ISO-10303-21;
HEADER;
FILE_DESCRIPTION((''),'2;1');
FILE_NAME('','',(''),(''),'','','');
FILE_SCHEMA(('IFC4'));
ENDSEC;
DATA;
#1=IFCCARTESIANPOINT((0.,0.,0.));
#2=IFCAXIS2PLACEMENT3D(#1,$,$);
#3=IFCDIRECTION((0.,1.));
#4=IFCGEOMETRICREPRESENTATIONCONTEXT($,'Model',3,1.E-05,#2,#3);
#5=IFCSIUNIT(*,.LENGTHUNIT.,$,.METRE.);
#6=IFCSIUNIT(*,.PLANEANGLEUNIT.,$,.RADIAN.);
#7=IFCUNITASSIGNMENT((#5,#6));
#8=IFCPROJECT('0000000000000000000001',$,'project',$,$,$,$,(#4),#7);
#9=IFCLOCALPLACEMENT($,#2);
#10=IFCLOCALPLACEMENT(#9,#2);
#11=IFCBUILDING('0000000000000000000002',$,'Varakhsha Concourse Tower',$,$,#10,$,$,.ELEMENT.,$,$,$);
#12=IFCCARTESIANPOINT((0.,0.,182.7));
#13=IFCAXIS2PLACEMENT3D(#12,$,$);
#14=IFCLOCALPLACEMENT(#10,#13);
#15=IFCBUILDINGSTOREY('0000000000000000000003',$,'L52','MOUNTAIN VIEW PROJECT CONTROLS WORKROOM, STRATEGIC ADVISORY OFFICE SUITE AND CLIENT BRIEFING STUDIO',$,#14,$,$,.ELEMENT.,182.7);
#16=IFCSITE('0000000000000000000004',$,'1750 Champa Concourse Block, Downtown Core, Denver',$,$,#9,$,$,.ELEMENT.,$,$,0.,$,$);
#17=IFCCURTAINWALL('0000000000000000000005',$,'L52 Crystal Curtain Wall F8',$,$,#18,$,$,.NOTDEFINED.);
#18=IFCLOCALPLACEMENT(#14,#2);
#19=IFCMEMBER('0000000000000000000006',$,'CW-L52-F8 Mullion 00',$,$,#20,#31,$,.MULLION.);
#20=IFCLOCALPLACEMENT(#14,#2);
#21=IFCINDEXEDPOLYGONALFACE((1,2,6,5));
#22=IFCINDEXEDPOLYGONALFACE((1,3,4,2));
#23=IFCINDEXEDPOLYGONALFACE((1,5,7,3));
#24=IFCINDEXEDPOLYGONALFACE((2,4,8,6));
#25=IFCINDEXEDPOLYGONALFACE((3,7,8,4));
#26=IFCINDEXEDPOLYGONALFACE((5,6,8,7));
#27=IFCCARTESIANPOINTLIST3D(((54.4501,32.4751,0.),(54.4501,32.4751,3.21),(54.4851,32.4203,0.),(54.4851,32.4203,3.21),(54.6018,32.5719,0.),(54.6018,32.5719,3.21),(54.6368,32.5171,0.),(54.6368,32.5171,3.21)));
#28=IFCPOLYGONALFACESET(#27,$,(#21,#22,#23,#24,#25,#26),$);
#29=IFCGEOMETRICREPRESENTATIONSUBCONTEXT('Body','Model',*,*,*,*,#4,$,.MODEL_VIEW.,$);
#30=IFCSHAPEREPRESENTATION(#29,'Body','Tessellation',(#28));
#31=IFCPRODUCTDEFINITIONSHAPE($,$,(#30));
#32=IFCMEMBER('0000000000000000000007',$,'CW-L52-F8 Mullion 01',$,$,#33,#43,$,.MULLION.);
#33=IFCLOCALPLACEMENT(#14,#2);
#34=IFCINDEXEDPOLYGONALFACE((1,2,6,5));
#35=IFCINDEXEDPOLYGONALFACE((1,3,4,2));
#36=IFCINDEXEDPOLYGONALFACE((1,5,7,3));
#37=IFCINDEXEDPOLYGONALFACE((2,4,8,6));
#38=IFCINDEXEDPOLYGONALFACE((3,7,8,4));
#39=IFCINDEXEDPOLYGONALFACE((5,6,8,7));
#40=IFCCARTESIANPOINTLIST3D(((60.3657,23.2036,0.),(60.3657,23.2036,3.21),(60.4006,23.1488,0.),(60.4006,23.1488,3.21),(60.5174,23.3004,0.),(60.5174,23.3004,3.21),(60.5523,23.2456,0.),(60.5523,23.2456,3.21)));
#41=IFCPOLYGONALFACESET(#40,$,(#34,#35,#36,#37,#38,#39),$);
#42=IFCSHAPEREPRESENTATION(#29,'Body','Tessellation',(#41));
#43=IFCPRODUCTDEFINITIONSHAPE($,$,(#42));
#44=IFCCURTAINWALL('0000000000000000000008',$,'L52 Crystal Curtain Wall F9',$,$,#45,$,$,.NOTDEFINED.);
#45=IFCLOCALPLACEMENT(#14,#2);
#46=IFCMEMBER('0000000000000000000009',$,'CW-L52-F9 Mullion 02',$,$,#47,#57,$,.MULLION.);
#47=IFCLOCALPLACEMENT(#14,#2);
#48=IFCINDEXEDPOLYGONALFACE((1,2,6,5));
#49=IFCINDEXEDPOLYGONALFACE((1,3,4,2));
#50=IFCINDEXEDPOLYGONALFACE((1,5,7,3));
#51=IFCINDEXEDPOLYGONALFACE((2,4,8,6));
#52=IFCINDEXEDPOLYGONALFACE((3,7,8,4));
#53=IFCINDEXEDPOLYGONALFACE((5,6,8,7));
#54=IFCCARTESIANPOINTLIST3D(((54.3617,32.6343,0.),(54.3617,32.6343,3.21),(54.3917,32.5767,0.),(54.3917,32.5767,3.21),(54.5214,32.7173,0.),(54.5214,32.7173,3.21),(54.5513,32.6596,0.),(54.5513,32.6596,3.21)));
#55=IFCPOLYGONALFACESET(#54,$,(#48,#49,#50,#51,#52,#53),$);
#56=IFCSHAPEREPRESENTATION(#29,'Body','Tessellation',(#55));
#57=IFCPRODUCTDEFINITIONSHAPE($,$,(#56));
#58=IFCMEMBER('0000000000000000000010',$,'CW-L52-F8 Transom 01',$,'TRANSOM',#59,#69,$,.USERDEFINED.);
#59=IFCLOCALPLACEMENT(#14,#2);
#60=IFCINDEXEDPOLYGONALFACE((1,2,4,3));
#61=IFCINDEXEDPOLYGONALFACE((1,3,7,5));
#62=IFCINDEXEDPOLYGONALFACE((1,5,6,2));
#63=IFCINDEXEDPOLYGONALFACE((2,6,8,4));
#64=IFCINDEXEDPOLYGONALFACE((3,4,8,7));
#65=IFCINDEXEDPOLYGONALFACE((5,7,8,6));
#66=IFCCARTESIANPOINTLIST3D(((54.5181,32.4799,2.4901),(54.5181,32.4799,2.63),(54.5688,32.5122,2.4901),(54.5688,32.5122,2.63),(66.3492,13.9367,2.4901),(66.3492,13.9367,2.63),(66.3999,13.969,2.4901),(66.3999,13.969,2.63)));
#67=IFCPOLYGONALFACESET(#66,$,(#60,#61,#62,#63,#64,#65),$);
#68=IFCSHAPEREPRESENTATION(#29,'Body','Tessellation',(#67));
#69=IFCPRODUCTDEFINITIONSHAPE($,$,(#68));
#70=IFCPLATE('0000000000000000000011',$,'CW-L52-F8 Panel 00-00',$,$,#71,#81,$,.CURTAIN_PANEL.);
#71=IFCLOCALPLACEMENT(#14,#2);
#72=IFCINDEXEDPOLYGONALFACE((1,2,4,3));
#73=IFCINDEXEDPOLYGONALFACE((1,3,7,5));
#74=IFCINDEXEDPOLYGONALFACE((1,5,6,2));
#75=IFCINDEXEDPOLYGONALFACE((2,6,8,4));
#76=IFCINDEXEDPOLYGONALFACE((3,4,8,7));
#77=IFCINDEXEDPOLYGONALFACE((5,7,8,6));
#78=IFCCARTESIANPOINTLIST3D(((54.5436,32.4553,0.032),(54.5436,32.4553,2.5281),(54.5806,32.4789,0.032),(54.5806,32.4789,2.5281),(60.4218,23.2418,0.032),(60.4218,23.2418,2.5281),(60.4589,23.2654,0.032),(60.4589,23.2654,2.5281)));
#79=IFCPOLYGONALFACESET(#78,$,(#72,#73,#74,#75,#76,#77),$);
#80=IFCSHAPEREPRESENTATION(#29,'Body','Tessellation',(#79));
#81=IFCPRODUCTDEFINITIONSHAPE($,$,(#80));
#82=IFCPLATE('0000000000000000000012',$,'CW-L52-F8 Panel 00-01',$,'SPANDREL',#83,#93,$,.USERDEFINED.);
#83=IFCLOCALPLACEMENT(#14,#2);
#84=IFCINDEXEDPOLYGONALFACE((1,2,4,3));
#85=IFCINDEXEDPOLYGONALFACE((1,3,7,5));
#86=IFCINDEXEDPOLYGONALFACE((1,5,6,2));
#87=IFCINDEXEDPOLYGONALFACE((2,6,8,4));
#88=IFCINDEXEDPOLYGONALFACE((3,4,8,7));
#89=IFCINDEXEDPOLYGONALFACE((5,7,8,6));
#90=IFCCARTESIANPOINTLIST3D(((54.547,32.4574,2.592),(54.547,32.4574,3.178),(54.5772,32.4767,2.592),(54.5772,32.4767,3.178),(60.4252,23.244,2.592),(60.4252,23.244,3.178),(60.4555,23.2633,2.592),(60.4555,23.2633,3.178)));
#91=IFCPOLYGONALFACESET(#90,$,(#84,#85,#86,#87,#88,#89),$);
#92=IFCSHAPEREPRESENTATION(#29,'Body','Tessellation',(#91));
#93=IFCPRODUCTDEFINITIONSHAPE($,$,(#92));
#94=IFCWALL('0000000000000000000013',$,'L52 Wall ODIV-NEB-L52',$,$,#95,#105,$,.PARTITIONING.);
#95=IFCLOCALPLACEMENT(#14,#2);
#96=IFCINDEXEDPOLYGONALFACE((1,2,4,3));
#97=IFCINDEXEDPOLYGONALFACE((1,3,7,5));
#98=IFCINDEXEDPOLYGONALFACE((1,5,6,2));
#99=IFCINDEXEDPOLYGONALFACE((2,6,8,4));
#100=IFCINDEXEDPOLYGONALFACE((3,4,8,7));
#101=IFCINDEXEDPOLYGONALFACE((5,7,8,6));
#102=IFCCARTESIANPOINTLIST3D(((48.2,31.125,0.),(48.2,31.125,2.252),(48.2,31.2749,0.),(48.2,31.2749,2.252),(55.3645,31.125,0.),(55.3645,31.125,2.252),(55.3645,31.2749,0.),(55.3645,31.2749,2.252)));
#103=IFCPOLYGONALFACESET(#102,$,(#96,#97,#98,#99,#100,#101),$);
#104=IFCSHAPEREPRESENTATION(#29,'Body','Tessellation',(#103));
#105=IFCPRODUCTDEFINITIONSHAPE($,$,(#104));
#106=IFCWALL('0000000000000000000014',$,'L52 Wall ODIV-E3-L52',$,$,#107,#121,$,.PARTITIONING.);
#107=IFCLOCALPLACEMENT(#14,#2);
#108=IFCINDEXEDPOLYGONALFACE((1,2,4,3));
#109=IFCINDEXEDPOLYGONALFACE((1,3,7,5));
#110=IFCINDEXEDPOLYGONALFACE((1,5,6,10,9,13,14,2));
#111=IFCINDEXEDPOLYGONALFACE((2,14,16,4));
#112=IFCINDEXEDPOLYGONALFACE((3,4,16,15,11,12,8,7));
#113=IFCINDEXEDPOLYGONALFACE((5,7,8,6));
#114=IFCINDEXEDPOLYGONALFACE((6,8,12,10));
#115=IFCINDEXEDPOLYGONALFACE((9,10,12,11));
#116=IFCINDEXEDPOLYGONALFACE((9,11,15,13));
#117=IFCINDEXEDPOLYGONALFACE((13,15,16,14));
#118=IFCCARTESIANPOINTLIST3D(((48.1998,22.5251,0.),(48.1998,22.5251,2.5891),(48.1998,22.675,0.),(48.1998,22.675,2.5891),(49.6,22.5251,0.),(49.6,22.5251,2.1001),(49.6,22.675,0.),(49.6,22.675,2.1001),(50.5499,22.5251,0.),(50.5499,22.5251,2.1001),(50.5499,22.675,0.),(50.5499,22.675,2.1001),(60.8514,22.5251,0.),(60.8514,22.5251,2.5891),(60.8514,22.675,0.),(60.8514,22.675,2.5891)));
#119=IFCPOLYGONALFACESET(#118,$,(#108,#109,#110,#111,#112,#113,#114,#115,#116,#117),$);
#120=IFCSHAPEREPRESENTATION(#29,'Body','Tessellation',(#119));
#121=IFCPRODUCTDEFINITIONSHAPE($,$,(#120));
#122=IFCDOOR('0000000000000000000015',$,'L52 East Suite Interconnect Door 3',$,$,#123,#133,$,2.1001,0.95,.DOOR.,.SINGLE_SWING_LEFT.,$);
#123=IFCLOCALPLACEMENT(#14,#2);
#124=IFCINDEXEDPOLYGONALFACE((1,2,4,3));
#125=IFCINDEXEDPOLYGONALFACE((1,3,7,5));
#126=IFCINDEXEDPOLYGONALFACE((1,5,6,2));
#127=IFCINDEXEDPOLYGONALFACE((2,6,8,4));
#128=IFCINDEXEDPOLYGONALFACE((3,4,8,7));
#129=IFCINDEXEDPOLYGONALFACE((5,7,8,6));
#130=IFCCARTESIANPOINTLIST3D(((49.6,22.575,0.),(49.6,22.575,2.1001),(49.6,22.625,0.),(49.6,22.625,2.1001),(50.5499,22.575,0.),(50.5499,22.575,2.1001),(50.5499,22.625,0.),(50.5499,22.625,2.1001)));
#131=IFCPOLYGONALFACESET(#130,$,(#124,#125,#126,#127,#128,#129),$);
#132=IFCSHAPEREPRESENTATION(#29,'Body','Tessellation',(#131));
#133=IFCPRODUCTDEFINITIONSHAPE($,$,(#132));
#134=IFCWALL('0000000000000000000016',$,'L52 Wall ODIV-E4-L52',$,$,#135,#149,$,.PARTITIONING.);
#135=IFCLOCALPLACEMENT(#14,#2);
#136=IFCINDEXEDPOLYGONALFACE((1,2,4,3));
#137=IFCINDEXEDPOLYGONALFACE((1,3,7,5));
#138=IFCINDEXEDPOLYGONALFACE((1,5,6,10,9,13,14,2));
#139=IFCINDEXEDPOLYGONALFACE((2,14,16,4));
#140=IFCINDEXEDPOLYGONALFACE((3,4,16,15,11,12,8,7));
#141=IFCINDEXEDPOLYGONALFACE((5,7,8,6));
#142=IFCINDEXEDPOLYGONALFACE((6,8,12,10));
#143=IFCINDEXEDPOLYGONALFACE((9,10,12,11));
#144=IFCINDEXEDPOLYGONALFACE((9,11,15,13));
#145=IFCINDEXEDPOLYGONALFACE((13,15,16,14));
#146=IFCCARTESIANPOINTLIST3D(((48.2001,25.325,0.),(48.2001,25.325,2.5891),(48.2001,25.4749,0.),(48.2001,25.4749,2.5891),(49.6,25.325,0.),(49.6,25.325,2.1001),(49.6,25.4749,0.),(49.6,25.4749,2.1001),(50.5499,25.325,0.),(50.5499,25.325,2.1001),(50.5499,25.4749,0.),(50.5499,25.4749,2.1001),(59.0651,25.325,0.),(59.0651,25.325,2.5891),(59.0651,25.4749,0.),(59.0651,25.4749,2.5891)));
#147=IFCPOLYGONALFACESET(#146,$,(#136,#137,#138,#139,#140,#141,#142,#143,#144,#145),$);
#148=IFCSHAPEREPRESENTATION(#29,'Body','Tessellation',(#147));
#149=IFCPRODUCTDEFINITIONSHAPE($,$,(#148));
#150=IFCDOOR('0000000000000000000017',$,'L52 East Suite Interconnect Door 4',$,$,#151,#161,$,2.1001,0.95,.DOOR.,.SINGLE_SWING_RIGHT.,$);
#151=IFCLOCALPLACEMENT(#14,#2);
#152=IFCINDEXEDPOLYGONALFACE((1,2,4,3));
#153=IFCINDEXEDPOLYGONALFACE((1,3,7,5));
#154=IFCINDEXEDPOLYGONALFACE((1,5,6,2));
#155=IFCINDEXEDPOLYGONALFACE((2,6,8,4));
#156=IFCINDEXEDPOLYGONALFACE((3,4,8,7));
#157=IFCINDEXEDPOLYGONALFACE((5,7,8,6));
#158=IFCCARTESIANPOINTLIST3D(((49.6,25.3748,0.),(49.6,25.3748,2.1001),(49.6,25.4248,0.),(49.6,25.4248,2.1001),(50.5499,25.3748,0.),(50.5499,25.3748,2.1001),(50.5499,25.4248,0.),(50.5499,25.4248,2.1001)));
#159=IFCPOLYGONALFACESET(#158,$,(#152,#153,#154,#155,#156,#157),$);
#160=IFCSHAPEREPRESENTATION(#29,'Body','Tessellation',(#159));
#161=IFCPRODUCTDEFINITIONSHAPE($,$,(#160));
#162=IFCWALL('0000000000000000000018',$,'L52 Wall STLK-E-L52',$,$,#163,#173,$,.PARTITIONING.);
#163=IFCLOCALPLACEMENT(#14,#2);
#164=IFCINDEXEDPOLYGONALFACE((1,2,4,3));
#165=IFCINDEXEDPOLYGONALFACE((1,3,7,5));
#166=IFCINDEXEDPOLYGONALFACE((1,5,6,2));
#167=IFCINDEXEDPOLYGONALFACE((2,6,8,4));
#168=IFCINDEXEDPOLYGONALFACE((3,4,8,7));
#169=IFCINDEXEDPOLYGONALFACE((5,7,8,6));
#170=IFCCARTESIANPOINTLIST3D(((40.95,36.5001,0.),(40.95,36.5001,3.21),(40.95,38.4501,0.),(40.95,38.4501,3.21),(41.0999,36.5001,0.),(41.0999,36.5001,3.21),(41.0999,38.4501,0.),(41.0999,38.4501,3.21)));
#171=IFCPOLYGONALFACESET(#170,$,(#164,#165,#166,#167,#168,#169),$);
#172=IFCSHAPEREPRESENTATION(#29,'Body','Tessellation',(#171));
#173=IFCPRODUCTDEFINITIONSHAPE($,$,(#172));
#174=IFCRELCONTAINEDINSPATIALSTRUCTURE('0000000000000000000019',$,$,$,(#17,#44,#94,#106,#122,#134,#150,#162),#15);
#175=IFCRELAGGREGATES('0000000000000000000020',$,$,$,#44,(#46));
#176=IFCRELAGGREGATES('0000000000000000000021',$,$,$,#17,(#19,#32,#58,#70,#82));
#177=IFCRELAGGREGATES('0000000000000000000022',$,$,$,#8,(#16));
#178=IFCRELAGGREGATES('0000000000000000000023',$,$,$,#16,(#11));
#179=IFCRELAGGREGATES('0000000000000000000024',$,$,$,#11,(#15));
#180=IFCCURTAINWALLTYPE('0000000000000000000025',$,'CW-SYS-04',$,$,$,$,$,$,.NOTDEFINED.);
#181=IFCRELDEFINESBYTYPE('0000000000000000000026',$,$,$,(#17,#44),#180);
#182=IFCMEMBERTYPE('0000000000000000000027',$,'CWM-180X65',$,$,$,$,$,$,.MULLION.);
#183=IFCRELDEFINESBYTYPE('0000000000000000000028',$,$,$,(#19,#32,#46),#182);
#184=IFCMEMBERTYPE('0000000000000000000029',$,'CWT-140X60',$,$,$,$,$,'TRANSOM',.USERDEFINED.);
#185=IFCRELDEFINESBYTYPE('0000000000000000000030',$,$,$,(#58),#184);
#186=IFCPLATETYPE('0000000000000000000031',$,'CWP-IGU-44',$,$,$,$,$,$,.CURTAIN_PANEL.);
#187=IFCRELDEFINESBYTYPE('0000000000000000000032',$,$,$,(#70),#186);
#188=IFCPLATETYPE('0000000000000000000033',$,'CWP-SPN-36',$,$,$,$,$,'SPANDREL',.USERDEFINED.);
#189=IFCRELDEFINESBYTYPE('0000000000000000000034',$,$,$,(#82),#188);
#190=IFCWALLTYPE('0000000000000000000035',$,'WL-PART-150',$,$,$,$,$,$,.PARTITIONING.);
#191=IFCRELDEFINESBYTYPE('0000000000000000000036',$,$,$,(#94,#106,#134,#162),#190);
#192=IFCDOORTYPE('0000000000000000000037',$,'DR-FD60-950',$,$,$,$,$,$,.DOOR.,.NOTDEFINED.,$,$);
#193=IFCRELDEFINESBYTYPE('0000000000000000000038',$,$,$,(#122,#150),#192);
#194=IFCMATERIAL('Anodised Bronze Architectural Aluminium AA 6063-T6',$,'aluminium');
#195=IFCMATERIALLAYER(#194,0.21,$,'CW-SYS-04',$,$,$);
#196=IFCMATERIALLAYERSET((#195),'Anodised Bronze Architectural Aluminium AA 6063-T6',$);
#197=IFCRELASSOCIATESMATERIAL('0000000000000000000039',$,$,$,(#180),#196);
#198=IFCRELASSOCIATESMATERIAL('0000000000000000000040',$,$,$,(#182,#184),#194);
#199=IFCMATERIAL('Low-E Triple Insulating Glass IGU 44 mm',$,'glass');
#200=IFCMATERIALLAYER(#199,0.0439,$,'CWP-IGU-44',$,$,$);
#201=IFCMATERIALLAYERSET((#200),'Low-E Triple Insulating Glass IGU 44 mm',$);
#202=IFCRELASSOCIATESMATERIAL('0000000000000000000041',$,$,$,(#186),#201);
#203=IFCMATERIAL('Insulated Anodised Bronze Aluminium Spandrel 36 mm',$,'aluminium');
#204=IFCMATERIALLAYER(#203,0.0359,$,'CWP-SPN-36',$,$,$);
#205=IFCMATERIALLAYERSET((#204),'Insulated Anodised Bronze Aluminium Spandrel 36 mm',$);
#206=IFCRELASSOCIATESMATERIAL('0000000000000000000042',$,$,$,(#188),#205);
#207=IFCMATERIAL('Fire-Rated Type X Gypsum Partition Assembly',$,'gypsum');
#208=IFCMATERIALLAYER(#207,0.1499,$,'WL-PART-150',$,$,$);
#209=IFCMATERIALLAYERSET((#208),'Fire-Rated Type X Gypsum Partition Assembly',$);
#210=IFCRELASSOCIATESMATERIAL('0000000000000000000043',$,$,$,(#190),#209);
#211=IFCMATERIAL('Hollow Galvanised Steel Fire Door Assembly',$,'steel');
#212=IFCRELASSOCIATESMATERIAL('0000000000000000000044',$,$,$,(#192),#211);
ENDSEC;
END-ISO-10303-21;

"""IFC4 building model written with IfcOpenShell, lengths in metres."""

from ifc_helpers import new_model, si_unit, direction, frame, frame_2d, origin, origin_2d, place, context, subcontext, project, spatial, rectangle, extrude, source, transform, mapped, material, layer, layer_set, material_profile, profile_set, type_object, type_shapes, element, fill, aggregate, save


model = new_model("IFC4")

# Units and contexts
model_context = context("Model", 3, precision=1e-05, world=origin(), true_north=direction((0.0, 1.0)))
body_context = subcontext(model_context, "Body", "Model", "MODEL_VIEW")
ifc_project = project(units=[si_unit("LENGTHUNIT", "METRE"), si_unit("PLANEANGLEUNIT", "RADIAN")], contexts=[model_context])

# Site, building, storey
site_placement = place(None, origin())
site = spatial("IfcSite", under=ifc_project, at=site_placement, Name="1750 Champa Concourse Block, Downtown Core, Denver", CompositionType="ELEMENT", RefElevation=0.0)
building_placement = place(site_placement, origin())
building = spatial("IfcBuilding", under=site, at=building_placement, Name="Varakhsha Concourse Tower", CompositionType="ELEMENT")
storey_placement = place(building_placement, frame((0.0, 0.0, 182.7)))
storey = spatial("IfcBuildingStorey", under=building, at=storey_placement, Name="L52", Description="MOUNTAIN VIEW PROJECT CONTROLS WORKROOM, STRATEGIC ADVISORY OFFICE SUITE AND CLIENT BRIEFING STUDIO", CompositionType="ELEMENT", Elevation=182.7)

# Curtain wall, members
ifc_material_1 = material(Name="Anodised Bronze Architectural Aluminium AA 6063-T6", Category="aluminium")
ifc_layer_1 = layer(ifc_material_1, 0.21, Name="CW-SYS-04")
ifc_layer_set_1 = layer_set([ifc_layer_1], Name="Anodised Bronze Architectural Aluminium AA 6063-T6")
curtain_wall_type = type_object("IfcCurtainWallType", Name="CW-SYS-04", PredefinedType="NOTDEFINED", material=ifc_layer_set_1)
curtain_wall_1_placement = place(storey_placement, origin())
curtain_wall_1 = element("IfcCurtainWall", 1, at=curtain_wall_1_placement, inside=storey, type_object=curtain_wall_type, Name="L52 Crystal Curtain Wall F8", PredefinedType="NOTDEFINED")
ifc_material_profile_1 = material_profile(ifc_material_1, rectangle(XDim=0.0649, YDim=0.1799, at=origin_2d()), Name="CWM-180X65")
ifc_profile_set_1 = profile_set([ifc_material_profile_1], Name="Anodised Bronze Architectural Aluminium AA 6063-T6")
member_type_1 = type_object("IfcMemberType", Name="CWM-180X65", PredefinedType="MULLION", material=ifc_profile_set_1)
shared_shape_1 = source(origin(), body_context, "Body", "SweptSolid", [
    extrude(rectangle(XDim=0.0649, YDim=0.1799, at=origin_2d()), origin(), (0.0, 0.0, 1.0), 3.21),
])
type_shapes(member_type_1, [shared_shape_1])
member_1_placement = place(storey_placement, frame((54.5435, 32.4961, 0.0), z_axis=(0.0, 0.0, 1.0), x_axis=(0.537863, -0.843032, 0.0)))
member_1 = element("IfcMember", 2, at=member_1_placement, type_object=member_type_1, Name="CW-L52-F8 Mullion 00", PredefinedType="MULLION", context=body_context, shape_type="MappedRepresentation", body=[
    mapped(shared_shape_1, transform((0.0, 0.0, 0.0), scale=1.0)),
])
member_2_placement = place(storey_placement, frame((60.459, 23.2246, 0.0), z_axis=(0.0, 0.0, 1.0), x_axis=(0.537863, -0.843032, 0.0)))
member_2 = element("IfcMember", 3, at=member_2_placement, type_object=member_type_1, Name="CW-L52-F8 Mullion 01", PredefinedType="MULLION", context=body_context, shape_type="MappedRepresentation", body=[
    mapped(shared_shape_1, transform((0.0, 0.0, 0.0), scale=1.0)),
])

# Curtain wall, member
curtain_wall_2_placement = place(storey_placement, origin())
curtain_wall_2 = element("IfcCurtainWall", 4, at=curtain_wall_2_placement, inside=storey, type_object=curtain_wall_type, Name="L52 Crystal Curtain Wall F9", PredefinedType="NOTDEFINED")
member_3_placement = place(storey_placement, frame((54.4565, 32.647, 0.0), z_axis=(0.0, 0.0, 1.0), x_axis=(0.461156, -0.887319, 0.0)))
member_3 = element("IfcMember", 5, at=member_3_placement, type_object=member_type_1, Name="CW-L52-F9 Mullion 02", PredefinedType="MULLION", context=body_context, shape_type="MappedRepresentation", body=[
    mapped(shared_shape_1, transform((0.0, 0.0, 0.0), scale=1.0)),
])
aggregate(curtain_wall_2, [member_3])

# Member
ifc_material_profile_2 = material_profile(ifc_material_1, rectangle(XDim=0.0601, YDim=0.1399, at=origin_2d()), Name="CWT-140X60")
ifc_profile_set_2 = profile_set([ifc_material_profile_2], Name="Anodised Bronze Architectural Aluminium AA 6063-T6")
member_type_2 = type_object("IfcMemberType", Name="CWT-140X60", ElementType="TRANSOM", PredefinedType="USERDEFINED", material=ifc_profile_set_2)
shared_shape_2 = source(origin(), body_context, "Body", "SweptSolid", [
    extrude(rectangle(XDim=0.0601, YDim=0.1399, at=origin_2d()), origin(), (0.0, 0.0, 1.0), 21.9961),
])
type_shapes(member_type_2, [shared_shape_2])
member_4_placement = place(storey_placement, frame((54.5435, 32.4961, 2.5601), z_axis=(0.537873, -0.843026, 0.0), x_axis=(0.843026, 0.537873, 0.0)))
member_4 = element("IfcMember", 6, at=member_4_placement, type_object=member_type_2, Name="CW-L52-F8 Transom 01", ObjectType="TRANSOM", PredefinedType="USERDEFINED", context=body_context, shape_type="MappedRepresentation", body=[
    mapped(shared_shape_2, transform((0.0, 0.0, 0.0), scale=1.0)),
])

# Plates
ifc_material_2 = material(Name="Low-E Triple Insulating Glass IGU 44 mm", Category="glass")
ifc_layer_2 = layer(ifc_material_2, 0.0439, Name="CWP-IGU-44")
ifc_layer_set_2 = layer_set([ifc_layer_2], Name="Low-E Triple Insulating Glass IGU 44 mm")
plate_type_1 = type_object("IfcPlateType", Name="CWP-IGU-44", PredefinedType="CURTAIN_PANEL", material=ifc_layer_set_2)
shared_shape_3 = source(origin(), body_context, "Body", "SweptSolid", [
    extrude(rectangle(XDim=10.929, YDim=0.0439, at=origin_2d()), origin(), (0.0, 0.0, 1.0), 2.4961),
])
type_shapes(plate_type_1, [shared_shape_3])
plate_1_placement = place(storey_placement, frame((57.5012, 27.8604, 0.032), z_axis=(0.0, 0.0, 1.0), x_axis=(0.537863, -0.843032, 0.0)))
plate_1 = element("IfcPlate", 7, at=plate_1_placement, type_object=plate_type_1, Name="CW-L52-F8 Panel 00-00", PredefinedType="CURTAIN_PANEL", context=body_context, shape_type="MappedRepresentation", body=[
    mapped(shared_shape_3, transform((0.0, 0.0, 0.0), scale=1.0)),
])
ifc_material_3 = material(Name="Insulated Anodised Bronze Aluminium Spandrel 36 mm", Category="aluminium")
ifc_layer_3 = layer(ifc_material_3, 0.0359, Name="CWP-SPN-36")
ifc_layer_set_3 = layer_set([ifc_layer_3], Name="Insulated Anodised Bronze Aluminium Spandrel 36 mm")
plate_type_2 = type_object("IfcPlateType", Name="CWP-SPN-36", ElementType="SPANDREL", PredefinedType="USERDEFINED", material=ifc_layer_set_3)
shared_shape_4 = source(origin(), body_context, "Body", "SweptSolid", [
    extrude(rectangle(XDim=10.929, YDim=0.0359, at=origin_2d()), origin(), (0.0, 0.0, 1.0), 0.5859),
])
type_shapes(plate_type_2, [shared_shape_4])
plate_2_placement = place(storey_placement, frame((57.5012, 27.8604, 2.592), z_axis=(0.0, 0.0, 1.0), x_axis=(0.537863, -0.843032, 0.0)))
plate_2 = element("IfcPlate", 8, at=plate_2_placement, type_object=plate_type_2, Name="CW-L52-F8 Panel 00-01", ObjectType="SPANDREL", PredefinedType="USERDEFINED", context=body_context, shape_type="MappedRepresentation", body=[
    mapped(shared_shape_4, transform((0.0, 0.0, 0.0), scale=1.0)),
])
aggregate(curtain_wall_1, [member_1, member_2, member_4, plate_1, plate_2])

# Wall
ifc_material_4 = material(Name="Fire-Rated Type X Gypsum Partition Assembly", Category="gypsum")
ifc_layer_4 = layer(ifc_material_4, 0.1499, Name="WL-PART-150")
ifc_layer_set_4 = layer_set([ifc_layer_4], Name="Fire-Rated Type X Gypsum Partition Assembly")
wall_type_1 = type_object("IfcWallType", Name="WL-PART-150", PredefinedType="PARTITIONING", material=ifc_layer_set_4)
wall_1_placement = place(storey_placement, frame((48.2, 31.2, 0.0), z_axis=(0.0, 0.0, 1.0), x_axis=(1.0, 0.0, 0.0)))
element("IfcWall", 9, at=wall_1_placement, inside=storey, type_object=wall_type_1, Name="L52 Wall ODIV-NEB-L52", PredefinedType="PARTITIONING", context=body_context, shape_type="SweptSolid", body=[
    extrude(rectangle(XDim=7.1646, YDim=0.1499, at=frame_2d((3.5823, 0.0))), origin(), (0.0, 0.0, 1.0), 2.252),
])

# Walls, openings, doors
wall_2_placement = place(storey_placement, frame((48.2, 22.6001, 0.0), z_axis=(0.0, 0.0, 1.0), x_axis=(1.0, 0.0, 0.0)))
wall_2 = element("IfcWall", 10, at=wall_2_placement, inside=storey, type_object=wall_type_1, Name="L52 Wall ODIV-E3-L52", PredefinedType="PARTITIONING", context=body_context, shape_type="SweptSolid", body=[
    extrude(rectangle(XDim=12.6516, YDim=0.1499, at=frame_2d((6.3257, 0.0))), origin(), (0.0, 0.0, 1.0), 2.5891),
])
opening_1_placement = place(wall_2_placement, frame((1.3999, 0.0, 0.0)))
opening_1 = element("IfcOpeningElement", 11, at=opening_1_placement, cuts=wall_2, PredefinedType="OPENING", context=body_context, shape_type="SweptSolid", body=[
    extrude(rectangle(XDim=0.95, YDim=2.1001, at=frame_2d((0.4751, 1.05))), frame((0.0, 0.085, 0.0), z_axis=(0.0, -1.0, 0.0), x_axis=(1.0, 0.0, 0.0)), (0.0, 0.0, 1.0), 0.1699),
])
ifc_material_5 = material(Name="Hollow Galvanised Steel Fire Door Assembly", Category="steel")
door_type = type_object("IfcDoorType", Name="DR-FD60-950", OperationType="NOTDEFINED", PredefinedType="DOOR", material=ifc_material_5)
door_1_placement = place(opening_1_placement, origin())
door_1 = element("IfcDoor", 12, at=door_1_placement, inside=storey, type_object=door_type, Name="L52 East Suite Interconnect Door 3", OperationType="SINGLE_SWING_LEFT", OverallHeight=2.1001, OverallWidth=0.95, PredefinedType="DOOR", context=body_context, shape_type="SweptSolid", body=[
    extrude(rectangle(XDim=0.95, YDim=2.1001, at=frame_2d((0.4751, 1.05))), frame((0.0, 0.0249, 0.0), z_axis=(0.0, -1.0, 0.0), x_axis=(1.0, 0.0, 0.0)), (0.0, 0.0, 1.0), 0.05),
])
fill(opening_1, door_1)
wall_3_placement = place(storey_placement, frame((48.2, 25.3999, 0.0), z_axis=(0.0, 0.0, 1.0), x_axis=(1.0, 0.0, 0.0)))
wall_3 = element("IfcWall", 13, at=wall_3_placement, inside=storey, type_object=wall_type_1, Name="L52 Wall ODIV-E4-L52", PredefinedType="PARTITIONING", context=body_context, shape_type="SweptSolid", body=[
    extrude(rectangle(XDim=10.865, YDim=0.1499, at=frame_2d((5.4326, 0.0))), origin(), (0.0, 0.0, 1.0), 2.5891),
])
opening_2_placement = place(wall_3_placement, frame((1.3999, 0.0, 0.0)))
opening_2 = element("IfcOpeningElement", 14, at=opening_2_placement, cuts=wall_3, PredefinedType="OPENING", context=body_context, shape_type="SweptSolid", body=[
    extrude(rectangle(XDim=0.95, YDim=2.1001, at=frame_2d((0.4751, 1.05))), frame((0.0, 0.085, 0.0), z_axis=(0.0, -1.0, 0.0), x_axis=(1.0, 0.0, 0.0)), (0.0, 0.0, 1.0), 0.1699),
])
door_2_placement = place(opening_2_placement, origin())
door_2 = element("IfcDoor", 15, at=door_2_placement, inside=storey, type_object=door_type, Name="L52 East Suite Interconnect Door 4", OperationType="SINGLE_SWING_RIGHT", OverallHeight=2.1001, OverallWidth=0.95, PredefinedType="DOOR", context=body_context, shape_type="SweptSolid", body=[
    extrude(rectangle(XDim=0.95, YDim=2.1001, at=frame_2d((0.4751, 1.05))), frame((0.0, 0.0249, 0.0), z_axis=(0.0, -1.0, 0.0), x_axis=(1.0, 0.0, 0.0)), (0.0, 0.0, 1.0), 0.05),
])
fill(opening_2, door_2)

# Wall
wall_4_placement = place(storey_placement, frame((41.0249, 36.5, 0.0), z_axis=(0.0, 0.0, 1.0), x_axis=(0.0, 1.0, 0.0)))
element("IfcWall", 16, at=wall_4_placement, inside=storey, type_object=wall_type_1, Name="L52 Wall STLK-E-L52", PredefinedType="PARTITIONING", context=body_context, shape_type="SweptSolid", body=[
    extrude(rectangle(XDim=1.95, YDim=0.1499, at=frame_2d((0.9751, 0.0))), origin(), (0.0, 0.0, 1.0), 3.21),
])

save(model, "model.ifc")
